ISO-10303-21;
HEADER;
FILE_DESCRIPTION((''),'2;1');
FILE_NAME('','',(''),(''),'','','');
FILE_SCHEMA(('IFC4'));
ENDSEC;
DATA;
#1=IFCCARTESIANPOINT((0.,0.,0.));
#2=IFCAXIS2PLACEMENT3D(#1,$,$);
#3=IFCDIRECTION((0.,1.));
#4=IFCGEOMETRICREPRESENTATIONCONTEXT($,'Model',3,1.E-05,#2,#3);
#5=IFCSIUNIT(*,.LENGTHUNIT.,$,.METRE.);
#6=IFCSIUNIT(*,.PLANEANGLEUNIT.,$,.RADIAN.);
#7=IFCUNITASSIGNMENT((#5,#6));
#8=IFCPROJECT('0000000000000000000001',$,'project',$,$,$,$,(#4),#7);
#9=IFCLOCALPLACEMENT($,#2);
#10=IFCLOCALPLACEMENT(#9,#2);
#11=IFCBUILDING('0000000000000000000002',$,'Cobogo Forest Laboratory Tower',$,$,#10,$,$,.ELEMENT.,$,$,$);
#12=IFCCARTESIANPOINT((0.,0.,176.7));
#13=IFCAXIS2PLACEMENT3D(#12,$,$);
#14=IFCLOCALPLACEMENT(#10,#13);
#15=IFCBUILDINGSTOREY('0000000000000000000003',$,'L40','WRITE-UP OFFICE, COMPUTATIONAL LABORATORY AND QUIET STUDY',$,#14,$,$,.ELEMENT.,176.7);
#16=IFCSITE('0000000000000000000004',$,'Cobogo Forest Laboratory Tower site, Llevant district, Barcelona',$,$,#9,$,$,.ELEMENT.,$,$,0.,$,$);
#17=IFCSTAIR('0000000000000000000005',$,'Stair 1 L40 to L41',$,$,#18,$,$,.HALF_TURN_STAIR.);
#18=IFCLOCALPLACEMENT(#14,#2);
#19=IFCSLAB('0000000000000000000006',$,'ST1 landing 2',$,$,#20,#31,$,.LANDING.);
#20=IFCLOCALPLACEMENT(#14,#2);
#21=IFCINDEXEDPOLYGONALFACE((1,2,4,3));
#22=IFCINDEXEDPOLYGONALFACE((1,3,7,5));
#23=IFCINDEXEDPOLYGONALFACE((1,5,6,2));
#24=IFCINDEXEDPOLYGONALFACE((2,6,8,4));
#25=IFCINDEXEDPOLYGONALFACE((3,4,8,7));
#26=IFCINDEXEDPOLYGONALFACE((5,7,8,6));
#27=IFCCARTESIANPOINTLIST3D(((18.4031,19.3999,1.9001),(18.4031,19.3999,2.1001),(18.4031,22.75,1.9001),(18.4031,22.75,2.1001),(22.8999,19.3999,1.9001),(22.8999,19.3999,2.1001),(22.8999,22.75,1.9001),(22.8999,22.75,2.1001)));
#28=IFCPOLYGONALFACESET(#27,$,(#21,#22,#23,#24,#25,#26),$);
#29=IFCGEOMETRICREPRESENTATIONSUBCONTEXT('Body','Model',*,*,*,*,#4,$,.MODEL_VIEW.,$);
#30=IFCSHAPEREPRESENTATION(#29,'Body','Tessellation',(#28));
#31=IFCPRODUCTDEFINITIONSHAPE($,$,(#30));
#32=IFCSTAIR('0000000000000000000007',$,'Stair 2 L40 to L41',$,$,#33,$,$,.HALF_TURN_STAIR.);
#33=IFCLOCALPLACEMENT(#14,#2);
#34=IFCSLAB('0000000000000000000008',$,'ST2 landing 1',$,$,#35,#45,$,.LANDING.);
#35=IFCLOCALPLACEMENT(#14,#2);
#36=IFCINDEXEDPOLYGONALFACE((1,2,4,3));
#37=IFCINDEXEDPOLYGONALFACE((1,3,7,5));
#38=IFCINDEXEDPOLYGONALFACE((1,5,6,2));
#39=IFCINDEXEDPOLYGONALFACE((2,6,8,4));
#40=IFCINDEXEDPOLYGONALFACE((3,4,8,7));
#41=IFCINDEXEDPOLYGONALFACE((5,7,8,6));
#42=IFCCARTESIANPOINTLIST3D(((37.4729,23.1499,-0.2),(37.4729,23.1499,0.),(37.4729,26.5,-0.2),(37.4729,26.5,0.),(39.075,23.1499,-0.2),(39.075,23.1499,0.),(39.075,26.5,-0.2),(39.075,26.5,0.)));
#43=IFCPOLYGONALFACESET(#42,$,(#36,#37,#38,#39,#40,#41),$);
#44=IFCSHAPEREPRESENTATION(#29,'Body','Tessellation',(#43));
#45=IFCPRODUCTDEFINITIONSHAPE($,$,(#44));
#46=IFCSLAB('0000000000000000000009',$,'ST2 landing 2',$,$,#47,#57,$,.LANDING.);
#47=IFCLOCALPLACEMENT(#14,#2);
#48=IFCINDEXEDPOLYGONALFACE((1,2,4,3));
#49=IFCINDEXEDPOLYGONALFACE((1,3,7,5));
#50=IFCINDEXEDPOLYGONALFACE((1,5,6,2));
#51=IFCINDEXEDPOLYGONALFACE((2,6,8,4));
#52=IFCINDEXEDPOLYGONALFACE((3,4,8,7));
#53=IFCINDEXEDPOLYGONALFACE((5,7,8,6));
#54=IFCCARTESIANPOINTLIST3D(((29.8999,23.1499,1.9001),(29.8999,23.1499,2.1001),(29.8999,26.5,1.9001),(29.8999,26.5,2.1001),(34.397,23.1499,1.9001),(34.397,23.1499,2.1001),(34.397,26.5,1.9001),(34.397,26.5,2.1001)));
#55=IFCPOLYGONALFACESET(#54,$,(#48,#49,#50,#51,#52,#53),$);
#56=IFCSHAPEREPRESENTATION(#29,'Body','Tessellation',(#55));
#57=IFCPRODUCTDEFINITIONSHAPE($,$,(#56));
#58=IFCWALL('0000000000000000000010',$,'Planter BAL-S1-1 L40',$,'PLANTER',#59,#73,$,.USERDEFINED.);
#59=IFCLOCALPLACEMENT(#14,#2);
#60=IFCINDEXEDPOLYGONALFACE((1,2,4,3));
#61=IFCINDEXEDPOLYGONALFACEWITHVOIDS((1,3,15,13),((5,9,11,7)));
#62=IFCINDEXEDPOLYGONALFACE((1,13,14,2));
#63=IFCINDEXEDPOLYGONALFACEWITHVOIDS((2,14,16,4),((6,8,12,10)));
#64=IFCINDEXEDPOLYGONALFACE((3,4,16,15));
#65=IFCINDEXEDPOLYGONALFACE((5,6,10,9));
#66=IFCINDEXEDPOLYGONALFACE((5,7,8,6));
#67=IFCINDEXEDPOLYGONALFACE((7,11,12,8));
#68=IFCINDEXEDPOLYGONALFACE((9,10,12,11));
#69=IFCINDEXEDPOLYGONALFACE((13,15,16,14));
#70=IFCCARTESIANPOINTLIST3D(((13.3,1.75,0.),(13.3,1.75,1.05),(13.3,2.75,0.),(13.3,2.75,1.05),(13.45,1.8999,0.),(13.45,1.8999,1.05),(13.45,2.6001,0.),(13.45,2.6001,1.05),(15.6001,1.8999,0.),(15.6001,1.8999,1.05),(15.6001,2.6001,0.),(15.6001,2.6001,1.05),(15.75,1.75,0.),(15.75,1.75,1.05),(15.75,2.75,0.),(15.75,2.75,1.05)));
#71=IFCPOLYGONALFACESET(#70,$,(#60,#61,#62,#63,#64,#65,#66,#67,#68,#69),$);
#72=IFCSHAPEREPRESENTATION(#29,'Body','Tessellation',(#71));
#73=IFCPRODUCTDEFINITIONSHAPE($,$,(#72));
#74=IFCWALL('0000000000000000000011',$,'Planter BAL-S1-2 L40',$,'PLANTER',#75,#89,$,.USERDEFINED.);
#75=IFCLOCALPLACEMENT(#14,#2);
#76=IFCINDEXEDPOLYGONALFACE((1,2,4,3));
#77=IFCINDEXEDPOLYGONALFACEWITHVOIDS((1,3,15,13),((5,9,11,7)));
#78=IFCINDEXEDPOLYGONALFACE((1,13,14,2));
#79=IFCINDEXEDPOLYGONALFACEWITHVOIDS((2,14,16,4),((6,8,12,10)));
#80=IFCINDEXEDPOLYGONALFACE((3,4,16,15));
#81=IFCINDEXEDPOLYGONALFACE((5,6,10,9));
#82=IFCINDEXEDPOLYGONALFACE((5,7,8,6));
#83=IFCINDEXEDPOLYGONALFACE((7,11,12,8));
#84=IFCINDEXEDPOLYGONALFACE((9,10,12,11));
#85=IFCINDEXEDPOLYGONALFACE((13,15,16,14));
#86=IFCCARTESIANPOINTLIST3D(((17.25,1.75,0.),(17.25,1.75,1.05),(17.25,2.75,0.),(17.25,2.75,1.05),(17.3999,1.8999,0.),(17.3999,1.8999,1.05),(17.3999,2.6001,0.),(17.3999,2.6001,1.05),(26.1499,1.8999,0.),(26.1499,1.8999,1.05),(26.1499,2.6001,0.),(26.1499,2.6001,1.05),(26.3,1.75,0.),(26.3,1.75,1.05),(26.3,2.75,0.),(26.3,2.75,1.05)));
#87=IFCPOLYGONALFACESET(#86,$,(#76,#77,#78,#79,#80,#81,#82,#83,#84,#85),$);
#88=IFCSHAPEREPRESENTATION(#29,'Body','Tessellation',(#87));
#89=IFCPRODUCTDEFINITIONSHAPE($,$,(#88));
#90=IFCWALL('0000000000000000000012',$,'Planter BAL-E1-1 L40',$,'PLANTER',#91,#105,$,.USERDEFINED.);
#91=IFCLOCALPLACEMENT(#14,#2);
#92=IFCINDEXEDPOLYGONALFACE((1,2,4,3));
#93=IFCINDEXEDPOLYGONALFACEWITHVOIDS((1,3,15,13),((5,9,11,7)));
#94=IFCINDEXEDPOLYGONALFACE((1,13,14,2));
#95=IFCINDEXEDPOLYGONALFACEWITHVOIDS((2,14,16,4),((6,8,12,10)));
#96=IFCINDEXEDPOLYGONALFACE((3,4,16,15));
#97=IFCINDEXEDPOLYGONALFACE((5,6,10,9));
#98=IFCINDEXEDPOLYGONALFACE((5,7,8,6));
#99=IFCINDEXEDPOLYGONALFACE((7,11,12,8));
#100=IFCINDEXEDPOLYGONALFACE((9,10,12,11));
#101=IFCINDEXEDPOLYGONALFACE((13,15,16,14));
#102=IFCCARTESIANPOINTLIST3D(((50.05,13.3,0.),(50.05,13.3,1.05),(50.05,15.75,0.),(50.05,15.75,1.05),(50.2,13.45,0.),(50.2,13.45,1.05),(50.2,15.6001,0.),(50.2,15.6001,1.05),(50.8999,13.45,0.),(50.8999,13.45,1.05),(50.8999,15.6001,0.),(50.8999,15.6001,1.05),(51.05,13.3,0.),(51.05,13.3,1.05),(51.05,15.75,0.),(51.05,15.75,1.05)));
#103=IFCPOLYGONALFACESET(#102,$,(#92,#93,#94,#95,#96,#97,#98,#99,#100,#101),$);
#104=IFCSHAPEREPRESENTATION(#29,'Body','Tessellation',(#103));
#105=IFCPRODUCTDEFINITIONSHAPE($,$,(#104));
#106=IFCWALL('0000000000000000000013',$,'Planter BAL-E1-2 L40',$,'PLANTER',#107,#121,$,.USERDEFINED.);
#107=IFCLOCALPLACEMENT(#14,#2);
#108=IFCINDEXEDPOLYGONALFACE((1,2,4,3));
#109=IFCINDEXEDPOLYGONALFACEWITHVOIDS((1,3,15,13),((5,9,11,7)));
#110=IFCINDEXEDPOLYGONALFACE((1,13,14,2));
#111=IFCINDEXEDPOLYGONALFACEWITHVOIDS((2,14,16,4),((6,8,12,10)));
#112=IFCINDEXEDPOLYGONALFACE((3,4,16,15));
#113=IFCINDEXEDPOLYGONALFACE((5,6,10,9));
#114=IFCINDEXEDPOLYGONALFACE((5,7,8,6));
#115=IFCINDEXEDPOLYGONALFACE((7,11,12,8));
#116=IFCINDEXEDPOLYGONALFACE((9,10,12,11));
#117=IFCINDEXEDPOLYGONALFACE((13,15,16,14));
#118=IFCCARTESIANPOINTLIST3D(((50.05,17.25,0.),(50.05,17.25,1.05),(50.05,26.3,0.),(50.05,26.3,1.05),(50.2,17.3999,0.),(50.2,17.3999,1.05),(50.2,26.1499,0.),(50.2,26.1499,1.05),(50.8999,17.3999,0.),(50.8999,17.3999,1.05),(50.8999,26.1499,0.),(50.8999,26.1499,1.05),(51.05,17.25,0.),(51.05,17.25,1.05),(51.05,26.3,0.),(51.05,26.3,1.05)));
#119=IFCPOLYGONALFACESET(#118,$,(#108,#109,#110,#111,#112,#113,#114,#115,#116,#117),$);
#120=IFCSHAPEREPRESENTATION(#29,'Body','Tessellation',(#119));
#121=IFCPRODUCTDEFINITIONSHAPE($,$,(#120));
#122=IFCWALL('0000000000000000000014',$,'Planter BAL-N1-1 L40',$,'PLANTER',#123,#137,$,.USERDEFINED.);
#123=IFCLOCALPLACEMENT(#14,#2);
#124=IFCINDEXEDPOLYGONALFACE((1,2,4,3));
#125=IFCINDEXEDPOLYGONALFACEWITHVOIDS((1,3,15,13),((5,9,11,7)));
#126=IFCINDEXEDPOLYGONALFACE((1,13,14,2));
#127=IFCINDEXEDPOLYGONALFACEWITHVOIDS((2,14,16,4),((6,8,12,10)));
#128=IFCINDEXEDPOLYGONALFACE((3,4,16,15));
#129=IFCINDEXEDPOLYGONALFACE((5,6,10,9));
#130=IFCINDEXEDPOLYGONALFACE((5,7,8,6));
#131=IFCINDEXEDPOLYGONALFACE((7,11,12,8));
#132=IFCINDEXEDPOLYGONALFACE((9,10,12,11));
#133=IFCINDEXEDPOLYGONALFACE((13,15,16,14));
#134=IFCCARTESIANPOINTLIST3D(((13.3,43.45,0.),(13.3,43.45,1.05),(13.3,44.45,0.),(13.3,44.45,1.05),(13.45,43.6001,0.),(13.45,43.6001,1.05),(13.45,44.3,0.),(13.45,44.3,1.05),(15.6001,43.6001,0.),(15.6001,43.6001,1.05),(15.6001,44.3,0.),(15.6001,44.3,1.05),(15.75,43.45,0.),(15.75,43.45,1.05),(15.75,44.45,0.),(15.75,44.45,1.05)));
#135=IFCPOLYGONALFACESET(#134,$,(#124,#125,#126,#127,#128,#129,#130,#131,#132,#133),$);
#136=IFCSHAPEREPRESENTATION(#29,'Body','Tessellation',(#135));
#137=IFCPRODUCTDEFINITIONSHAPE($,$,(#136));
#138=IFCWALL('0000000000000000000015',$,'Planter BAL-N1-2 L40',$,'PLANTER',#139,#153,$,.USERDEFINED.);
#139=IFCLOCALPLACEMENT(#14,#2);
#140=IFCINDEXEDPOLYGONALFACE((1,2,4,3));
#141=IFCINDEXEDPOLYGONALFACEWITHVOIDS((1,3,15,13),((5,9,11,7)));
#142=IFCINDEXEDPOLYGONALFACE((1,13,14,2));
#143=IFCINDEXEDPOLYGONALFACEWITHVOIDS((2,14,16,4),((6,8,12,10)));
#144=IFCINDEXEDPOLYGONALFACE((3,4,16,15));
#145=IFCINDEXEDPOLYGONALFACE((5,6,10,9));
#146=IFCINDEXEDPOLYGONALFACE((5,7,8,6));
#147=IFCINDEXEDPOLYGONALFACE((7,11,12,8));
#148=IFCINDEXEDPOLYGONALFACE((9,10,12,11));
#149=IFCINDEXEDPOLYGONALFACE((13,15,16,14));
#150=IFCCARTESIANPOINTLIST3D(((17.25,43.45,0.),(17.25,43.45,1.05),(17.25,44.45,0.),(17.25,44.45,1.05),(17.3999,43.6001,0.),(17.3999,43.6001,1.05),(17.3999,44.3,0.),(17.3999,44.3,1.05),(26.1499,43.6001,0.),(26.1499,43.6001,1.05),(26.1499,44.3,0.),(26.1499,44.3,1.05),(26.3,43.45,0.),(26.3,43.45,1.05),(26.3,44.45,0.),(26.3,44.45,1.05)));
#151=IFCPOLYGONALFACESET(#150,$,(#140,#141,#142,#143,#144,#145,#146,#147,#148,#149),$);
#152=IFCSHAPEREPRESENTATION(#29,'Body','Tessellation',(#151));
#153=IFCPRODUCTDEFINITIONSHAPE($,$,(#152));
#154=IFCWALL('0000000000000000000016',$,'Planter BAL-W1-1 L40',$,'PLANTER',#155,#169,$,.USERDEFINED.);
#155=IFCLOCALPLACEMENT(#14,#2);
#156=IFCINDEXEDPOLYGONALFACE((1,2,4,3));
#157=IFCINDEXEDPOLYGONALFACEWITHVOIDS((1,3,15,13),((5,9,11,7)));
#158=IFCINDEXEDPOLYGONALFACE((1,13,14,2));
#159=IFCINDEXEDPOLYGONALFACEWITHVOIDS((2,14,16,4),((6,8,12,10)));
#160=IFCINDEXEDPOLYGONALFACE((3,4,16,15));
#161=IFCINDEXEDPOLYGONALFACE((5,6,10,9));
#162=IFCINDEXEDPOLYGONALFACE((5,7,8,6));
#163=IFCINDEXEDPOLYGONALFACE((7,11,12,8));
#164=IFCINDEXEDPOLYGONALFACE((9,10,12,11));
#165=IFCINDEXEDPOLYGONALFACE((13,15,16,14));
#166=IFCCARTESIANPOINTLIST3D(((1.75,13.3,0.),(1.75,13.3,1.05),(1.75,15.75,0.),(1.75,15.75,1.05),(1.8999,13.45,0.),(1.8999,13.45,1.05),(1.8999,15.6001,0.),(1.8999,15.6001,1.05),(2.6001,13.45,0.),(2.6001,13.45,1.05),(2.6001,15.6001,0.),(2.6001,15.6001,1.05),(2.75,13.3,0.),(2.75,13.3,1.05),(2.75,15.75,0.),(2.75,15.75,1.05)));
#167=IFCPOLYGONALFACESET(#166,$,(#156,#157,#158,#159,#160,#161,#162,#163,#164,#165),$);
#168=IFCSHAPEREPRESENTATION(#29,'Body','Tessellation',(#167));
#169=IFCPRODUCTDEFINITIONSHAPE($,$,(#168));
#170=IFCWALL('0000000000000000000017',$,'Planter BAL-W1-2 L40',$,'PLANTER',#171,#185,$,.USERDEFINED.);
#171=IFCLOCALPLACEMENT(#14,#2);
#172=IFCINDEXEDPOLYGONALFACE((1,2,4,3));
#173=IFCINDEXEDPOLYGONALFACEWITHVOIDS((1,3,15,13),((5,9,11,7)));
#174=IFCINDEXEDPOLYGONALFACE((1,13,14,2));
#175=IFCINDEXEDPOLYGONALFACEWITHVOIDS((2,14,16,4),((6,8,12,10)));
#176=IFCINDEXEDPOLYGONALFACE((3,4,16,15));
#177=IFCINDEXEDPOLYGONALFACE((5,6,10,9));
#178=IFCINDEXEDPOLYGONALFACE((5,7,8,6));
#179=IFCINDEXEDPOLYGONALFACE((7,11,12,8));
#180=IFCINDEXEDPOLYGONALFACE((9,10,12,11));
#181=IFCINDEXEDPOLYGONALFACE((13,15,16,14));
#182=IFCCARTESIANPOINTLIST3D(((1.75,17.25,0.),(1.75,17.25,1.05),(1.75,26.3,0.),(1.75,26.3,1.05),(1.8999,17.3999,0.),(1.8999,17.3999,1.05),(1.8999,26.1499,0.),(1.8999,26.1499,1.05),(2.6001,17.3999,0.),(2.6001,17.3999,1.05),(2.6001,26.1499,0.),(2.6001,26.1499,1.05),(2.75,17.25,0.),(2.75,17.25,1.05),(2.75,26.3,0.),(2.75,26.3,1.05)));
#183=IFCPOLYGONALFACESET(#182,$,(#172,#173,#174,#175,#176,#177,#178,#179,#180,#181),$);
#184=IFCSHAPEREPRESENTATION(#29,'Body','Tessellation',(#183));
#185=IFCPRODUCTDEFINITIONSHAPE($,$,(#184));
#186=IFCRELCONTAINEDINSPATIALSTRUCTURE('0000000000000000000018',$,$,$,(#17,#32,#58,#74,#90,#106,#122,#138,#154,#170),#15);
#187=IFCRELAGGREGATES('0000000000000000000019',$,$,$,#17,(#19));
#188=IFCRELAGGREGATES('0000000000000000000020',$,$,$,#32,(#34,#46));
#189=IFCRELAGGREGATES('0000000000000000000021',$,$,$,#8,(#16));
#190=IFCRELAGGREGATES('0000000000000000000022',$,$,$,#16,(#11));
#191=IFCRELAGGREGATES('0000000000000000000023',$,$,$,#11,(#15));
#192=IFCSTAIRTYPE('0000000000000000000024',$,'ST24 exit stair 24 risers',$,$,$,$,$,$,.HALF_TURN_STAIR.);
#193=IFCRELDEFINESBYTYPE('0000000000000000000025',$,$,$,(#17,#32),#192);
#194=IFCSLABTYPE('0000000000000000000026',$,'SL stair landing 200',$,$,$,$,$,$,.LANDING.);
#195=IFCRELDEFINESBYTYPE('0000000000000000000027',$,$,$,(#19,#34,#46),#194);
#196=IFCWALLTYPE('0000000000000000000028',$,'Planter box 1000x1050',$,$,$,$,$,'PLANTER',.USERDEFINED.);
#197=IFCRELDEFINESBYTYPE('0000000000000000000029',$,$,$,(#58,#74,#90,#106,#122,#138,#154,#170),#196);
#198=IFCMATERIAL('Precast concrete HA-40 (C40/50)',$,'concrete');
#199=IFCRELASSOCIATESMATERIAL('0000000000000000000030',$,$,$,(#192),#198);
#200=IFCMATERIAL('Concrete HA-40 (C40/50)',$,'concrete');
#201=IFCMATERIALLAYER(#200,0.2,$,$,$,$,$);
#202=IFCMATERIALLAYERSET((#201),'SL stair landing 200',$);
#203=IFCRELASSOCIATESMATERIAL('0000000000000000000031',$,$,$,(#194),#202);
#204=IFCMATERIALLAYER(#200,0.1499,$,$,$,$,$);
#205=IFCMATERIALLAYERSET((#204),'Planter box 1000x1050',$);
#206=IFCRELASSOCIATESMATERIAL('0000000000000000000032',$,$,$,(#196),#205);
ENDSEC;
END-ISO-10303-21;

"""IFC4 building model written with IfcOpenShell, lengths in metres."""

from ifc_helpers import new_model, si_unit, direction, frame, origin, place, context, subcontext, project, spatial, polyline, outline, extrude, material, layer, layer_set, type_object, element, aggregate, save


model = new_model("IFC4")

# Units and contexts
model_context = context("Model", 3, precision=1e-05, world=origin(), true_north=direction((0.0, 1.0)))
body_context = subcontext(model_context, "Body", "Model", "MODEL_VIEW")
ifc_project = project(units=[si_unit("LENGTHUNIT", "METRE"), si_unit("PLANEANGLEUNIT", "RADIAN")], contexts=[model_context])

# Site, building, storey
site_placement = place(None, origin())
site = spatial("IfcSite", under=ifc_project, at=site_placement, Name="Cobogo Forest Laboratory Tower site, Llevant district, Barcelona", CompositionType="ELEMENT", RefElevation=0.0)
building_placement = place(site_placement, origin())
building = spatial("IfcBuilding", under=site, at=building_placement, Name="Cobogo Forest Laboratory Tower", CompositionType="ELEMENT")
storey_placement = place(building_placement, frame((0.0, 0.0, 176.7)))
storey = spatial("IfcBuildingStorey", under=building, at=storey_placement, Name="L40", Description="WRITE-UP OFFICE, COMPUTATIONAL LABORATORY AND QUIET STUDY", CompositionType="ELEMENT", Elevation=176.7)

# Shared definitions
ifc_material_1 = material(Name="Concrete HA-40 (C40/50)", Category="concrete")

# Stairs, slabs
ifc_material_2 = material(Name="Precast concrete HA-40 (C40/50)", Category="concrete")
stair_type = type_object("IfcStairType", Name="ST24 exit stair 24 risers", PredefinedType="HALF_TURN_STAIR", material=ifc_material_2)
stair_1_placement = place(storey_placement, origin())
stair_1 = element("IfcStair", 1, at=stair_1_placement, inside=storey, type_object=stair_type, Name="Stair 1 L40 to L41", PredefinedType="HALF_TURN_STAIR")
ifc_layer_1 = layer(ifc_material_1, 0.2)
ifc_layer_set_1 = layer_set([ifc_layer_1], Name="SL stair landing 200")
slab_type_1 = type_object("IfcSlabType", Name="SL stair landing 200", PredefinedType="LANDING", material=ifc_layer_set_1)
slab_1_placement = place(storey_placement, frame((0.0, 0.0, 1.9001)))
slab_1 = element("IfcSlab", 2, at=slab_1_placement, type_object=slab_type_1, Name="ST1 landing 2", PredefinedType="LANDING", context=body_context, shape_type="SweptSolid", body=[
    extrude(outline(polyline([(18.4031, 19.3999), (22.8999, 19.3999), (22.8999, 22.75), (18.4031, 22.75), (18.4031, 19.3999)])), origin(), (0.0, 0.0, 1.0), 0.2),
])
aggregate(stair_1, [slab_1])
stair_2_placement = place(storey_placement, origin())
stair_2 = element("IfcStair", 3, at=stair_2_placement, inside=storey, type_object=stair_type, Name="Stair 2 L40 to L41", PredefinedType="HALF_TURN_STAIR")
slab_2_placement = place(storey_placement, frame((0.0, 0.0, -0.2)))
slab_2 = element("IfcSlab", 4, at=slab_2_placement, type_object=slab_type_1, Name="ST2 landing 1", PredefinedType="LANDING", context=body_context, shape_type="SweptSolid", body=[
    extrude(outline(polyline([(37.4729, 23.1499), (39.075, 23.1499), (39.075, 26.5), (37.4729, 26.5), (37.4729, 23.1499)])), origin(), (0.0, 0.0, 1.0), 0.2),
])
slab_3_placement = place(storey_placement, frame((0.0, 0.0, 1.9001)))
slab_3 = element("IfcSlab", 5, at=slab_3_placement, type_object=slab_type_1, Name="ST2 landing 2", PredefinedType="LANDING", context=body_context, shape_type="SweptSolid", body=[
    extrude(outline(polyline([(29.8999, 23.1499), (34.397, 23.1499), (34.397, 26.5), (29.8999, 26.5), (29.8999, 23.1499)])), origin(), (0.0, 0.0, 1.0), 0.2),
])
aggregate(stair_2, [slab_2, slab_3])

# Walls
ifc_layer_2 = layer(ifc_material_1, 0.1499)
ifc_layer_set_2 = layer_set([ifc_layer_2], Name="Planter box 1000x1050")
wall_type = type_object("IfcWallType", Name="Planter box 1000x1050", ElementType="PLANTER", PredefinedType="USERDEFINED", material=ifc_layer_set_2)
wall_1_placement = place(storey_placement, origin())
element("IfcWall", 6, at=wall_1_placement, inside=storey, type_object=wall_type, Name="Planter BAL-S1-1 L40", ObjectType="PLANTER", PredefinedType="USERDEFINED", context=body_context, shape_type="SweptSolid", body=[
    extrude(outline(polyline([(13.3, 1.75), (15.75, 1.75), (15.75, 2.75), (13.3, 2.75), (13.3, 1.75)]), holes=[polyline([(13.45, 1.8999), (15.6001, 1.8999), (15.6001, 2.6001), (13.45, 2.6001), (13.45, 1.8999)])]), origin(), (0.0, 0.0, 1.0), 1.05),
])
wall_2_placement = place(storey_placement, origin())
element("IfcWall", 7, at=wall_2_placement, inside=storey, type_object=wall_type, Name="Planter BAL-S1-2 L40", ObjectType="PLANTER", PredefinedType="USERDEFINED", context=body_context, shape_type="SweptSolid", body=[
    extrude(outline(polyline([(17.25, 1.75), (26.3, 1.75), (26.3, 2.75), (17.25, 2.75), (17.25, 1.75)]), holes=[polyline([(17.3999, 1.8999), (26.1499, 1.8999), (26.1499, 2.6001), (17.3999, 2.6001), (17.3999, 1.8999)])]), origin(), (0.0, 0.0, 1.0), 1.05),
])
wall_3_placement = place(storey_placement, origin())
element("IfcWall", 8, at=wall_3_placement, inside=storey, type_object=wall_type, Name="Planter BAL-E1-1 L40", ObjectType="PLANTER", PredefinedType="USERDEFINED", context=body_context, shape_type="SweptSolid", body=[
    extrude(outline(polyline([(50.05, 13.3), (51.05, 13.3), (51.05, 15.75), (50.05, 15.75), (50.05, 13.3)]), holes=[polyline([(50.2, 13.45), (50.8999, 13.45), (50.8999, 15.6001), (50.2, 15.6001), (50.2, 13.45)])]), origin(), (0.0, 0.0, 1.0), 1.05),
])
wall_4_placement = place(storey_placement, origin())
element("IfcWall", 9, at=wall_4_placement, inside=storey, type_object=wall_type, Name="Planter BAL-E1-2 L40", ObjectType="PLANTER", PredefinedType="USERDEFINED", context=body_context, shape_type="SweptSolid", body=[
    extrude(outline(polyline([(50.05, 17.25), (51.05, 17.25), (51.05, 26.3), (50.05, 26.3), (50.05, 17.25)]), holes=[polyline([(50.2, 17.3999), (50.8999, 17.3999), (50.8999, 26.1499), (50.2, 26.1499), (50.2, 17.3999)])]), origin(), (0.0, 0.0, 1.0), 1.05),
])
wall_5_placement = place(storey_placement, origin())
element("IfcWall", 10, at=wall_5_placement, inside=storey, type_object=wall_type, Name="Planter BAL-N1-1 L40", ObjectType="PLANTER", PredefinedType="USERDEFINED", context=body_context, shape_type="SweptSolid", body=[
    extrude(outline(polyline([(13.3, 43.45), (15.75, 43.45), (15.75, 44.45), (13.3, 44.45), (13.3, 43.45)]), holes=[polyline([(13.45, 43.6001), (15.6001, 43.6001), (15.6001, 44.3), (13.45, 44.3), (13.45, 43.6001)])]), origin(), (0.0, 0.0, 1.0), 1.05),
])
wall_6_placement = place(storey_placement, origin())
element("IfcWall", 11, at=wall_6_placement, inside=storey, type_object=wall_type, Name="Planter BAL-N1-2 L40", ObjectType="PLANTER", PredefinedType="USERDEFINED", context=body_context, shape_type="SweptSolid", body=[
    extrude(outline(polyline([(17.25, 43.45), (26.3, 43.45), (26.3, 44.45), (17.25, 44.45), (17.25, 43.45)]), holes=[polyline([(17.3999, 43.6001), (26.1499, 43.6001), (26.1499, 44.3), (17.3999, 44.3), (17.3999, 43.6001)])]), origin(), (0.0, 0.0, 1.0), 1.05),
])
wall_7_placement = place(storey_placement, origin())
element("IfcWall", 12, at=wall_7_placement, inside=storey, type_object=wall_type, Name="Planter BAL-W1-1 L40", ObjectType="PLANTER", PredefinedType="USERDEFINED", context=body_context, shape_type="SweptSolid", body=[
    extrude(outline(polyline([(1.75, 13.3), (2.75, 13.3), (2.75, 15.75), (1.75, 15.75), (1.75, 13.3)]), holes=[polyline([(1.8999, 13.45), (2.6001, 13.45), (2.6001, 15.6001), (1.8999, 15.6001), (1.8999, 13.45)])]), origin(), (0.0, 0.0, 1.0), 1.05),
])
wall_8_placement = place(storey_placement, origin())
element("IfcWall", 13, at=wall_8_placement, inside=storey, type_object=wall_type, Name="Planter BAL-W1-2 L40", ObjectType="PLANTER", PredefinedType="USERDEFINED", context=body_context, shape_type="SweptSolid", body=[
    extrude(outline(polyline([(1.75, 17.25), (2.75, 17.25), (2.75, 26.3), (1.75, 26.3), (1.75, 17.25)]), holes=[polyline([(1.8999, 17.3999), (2.6001, 17.3999), (2.6001, 26.1499), (1.8999, 26.1499), (1.8999, 17.3999)])]), origin(), (0.0, 0.0, 1.0), 1.05),
])

save(model, "model.ifc")
